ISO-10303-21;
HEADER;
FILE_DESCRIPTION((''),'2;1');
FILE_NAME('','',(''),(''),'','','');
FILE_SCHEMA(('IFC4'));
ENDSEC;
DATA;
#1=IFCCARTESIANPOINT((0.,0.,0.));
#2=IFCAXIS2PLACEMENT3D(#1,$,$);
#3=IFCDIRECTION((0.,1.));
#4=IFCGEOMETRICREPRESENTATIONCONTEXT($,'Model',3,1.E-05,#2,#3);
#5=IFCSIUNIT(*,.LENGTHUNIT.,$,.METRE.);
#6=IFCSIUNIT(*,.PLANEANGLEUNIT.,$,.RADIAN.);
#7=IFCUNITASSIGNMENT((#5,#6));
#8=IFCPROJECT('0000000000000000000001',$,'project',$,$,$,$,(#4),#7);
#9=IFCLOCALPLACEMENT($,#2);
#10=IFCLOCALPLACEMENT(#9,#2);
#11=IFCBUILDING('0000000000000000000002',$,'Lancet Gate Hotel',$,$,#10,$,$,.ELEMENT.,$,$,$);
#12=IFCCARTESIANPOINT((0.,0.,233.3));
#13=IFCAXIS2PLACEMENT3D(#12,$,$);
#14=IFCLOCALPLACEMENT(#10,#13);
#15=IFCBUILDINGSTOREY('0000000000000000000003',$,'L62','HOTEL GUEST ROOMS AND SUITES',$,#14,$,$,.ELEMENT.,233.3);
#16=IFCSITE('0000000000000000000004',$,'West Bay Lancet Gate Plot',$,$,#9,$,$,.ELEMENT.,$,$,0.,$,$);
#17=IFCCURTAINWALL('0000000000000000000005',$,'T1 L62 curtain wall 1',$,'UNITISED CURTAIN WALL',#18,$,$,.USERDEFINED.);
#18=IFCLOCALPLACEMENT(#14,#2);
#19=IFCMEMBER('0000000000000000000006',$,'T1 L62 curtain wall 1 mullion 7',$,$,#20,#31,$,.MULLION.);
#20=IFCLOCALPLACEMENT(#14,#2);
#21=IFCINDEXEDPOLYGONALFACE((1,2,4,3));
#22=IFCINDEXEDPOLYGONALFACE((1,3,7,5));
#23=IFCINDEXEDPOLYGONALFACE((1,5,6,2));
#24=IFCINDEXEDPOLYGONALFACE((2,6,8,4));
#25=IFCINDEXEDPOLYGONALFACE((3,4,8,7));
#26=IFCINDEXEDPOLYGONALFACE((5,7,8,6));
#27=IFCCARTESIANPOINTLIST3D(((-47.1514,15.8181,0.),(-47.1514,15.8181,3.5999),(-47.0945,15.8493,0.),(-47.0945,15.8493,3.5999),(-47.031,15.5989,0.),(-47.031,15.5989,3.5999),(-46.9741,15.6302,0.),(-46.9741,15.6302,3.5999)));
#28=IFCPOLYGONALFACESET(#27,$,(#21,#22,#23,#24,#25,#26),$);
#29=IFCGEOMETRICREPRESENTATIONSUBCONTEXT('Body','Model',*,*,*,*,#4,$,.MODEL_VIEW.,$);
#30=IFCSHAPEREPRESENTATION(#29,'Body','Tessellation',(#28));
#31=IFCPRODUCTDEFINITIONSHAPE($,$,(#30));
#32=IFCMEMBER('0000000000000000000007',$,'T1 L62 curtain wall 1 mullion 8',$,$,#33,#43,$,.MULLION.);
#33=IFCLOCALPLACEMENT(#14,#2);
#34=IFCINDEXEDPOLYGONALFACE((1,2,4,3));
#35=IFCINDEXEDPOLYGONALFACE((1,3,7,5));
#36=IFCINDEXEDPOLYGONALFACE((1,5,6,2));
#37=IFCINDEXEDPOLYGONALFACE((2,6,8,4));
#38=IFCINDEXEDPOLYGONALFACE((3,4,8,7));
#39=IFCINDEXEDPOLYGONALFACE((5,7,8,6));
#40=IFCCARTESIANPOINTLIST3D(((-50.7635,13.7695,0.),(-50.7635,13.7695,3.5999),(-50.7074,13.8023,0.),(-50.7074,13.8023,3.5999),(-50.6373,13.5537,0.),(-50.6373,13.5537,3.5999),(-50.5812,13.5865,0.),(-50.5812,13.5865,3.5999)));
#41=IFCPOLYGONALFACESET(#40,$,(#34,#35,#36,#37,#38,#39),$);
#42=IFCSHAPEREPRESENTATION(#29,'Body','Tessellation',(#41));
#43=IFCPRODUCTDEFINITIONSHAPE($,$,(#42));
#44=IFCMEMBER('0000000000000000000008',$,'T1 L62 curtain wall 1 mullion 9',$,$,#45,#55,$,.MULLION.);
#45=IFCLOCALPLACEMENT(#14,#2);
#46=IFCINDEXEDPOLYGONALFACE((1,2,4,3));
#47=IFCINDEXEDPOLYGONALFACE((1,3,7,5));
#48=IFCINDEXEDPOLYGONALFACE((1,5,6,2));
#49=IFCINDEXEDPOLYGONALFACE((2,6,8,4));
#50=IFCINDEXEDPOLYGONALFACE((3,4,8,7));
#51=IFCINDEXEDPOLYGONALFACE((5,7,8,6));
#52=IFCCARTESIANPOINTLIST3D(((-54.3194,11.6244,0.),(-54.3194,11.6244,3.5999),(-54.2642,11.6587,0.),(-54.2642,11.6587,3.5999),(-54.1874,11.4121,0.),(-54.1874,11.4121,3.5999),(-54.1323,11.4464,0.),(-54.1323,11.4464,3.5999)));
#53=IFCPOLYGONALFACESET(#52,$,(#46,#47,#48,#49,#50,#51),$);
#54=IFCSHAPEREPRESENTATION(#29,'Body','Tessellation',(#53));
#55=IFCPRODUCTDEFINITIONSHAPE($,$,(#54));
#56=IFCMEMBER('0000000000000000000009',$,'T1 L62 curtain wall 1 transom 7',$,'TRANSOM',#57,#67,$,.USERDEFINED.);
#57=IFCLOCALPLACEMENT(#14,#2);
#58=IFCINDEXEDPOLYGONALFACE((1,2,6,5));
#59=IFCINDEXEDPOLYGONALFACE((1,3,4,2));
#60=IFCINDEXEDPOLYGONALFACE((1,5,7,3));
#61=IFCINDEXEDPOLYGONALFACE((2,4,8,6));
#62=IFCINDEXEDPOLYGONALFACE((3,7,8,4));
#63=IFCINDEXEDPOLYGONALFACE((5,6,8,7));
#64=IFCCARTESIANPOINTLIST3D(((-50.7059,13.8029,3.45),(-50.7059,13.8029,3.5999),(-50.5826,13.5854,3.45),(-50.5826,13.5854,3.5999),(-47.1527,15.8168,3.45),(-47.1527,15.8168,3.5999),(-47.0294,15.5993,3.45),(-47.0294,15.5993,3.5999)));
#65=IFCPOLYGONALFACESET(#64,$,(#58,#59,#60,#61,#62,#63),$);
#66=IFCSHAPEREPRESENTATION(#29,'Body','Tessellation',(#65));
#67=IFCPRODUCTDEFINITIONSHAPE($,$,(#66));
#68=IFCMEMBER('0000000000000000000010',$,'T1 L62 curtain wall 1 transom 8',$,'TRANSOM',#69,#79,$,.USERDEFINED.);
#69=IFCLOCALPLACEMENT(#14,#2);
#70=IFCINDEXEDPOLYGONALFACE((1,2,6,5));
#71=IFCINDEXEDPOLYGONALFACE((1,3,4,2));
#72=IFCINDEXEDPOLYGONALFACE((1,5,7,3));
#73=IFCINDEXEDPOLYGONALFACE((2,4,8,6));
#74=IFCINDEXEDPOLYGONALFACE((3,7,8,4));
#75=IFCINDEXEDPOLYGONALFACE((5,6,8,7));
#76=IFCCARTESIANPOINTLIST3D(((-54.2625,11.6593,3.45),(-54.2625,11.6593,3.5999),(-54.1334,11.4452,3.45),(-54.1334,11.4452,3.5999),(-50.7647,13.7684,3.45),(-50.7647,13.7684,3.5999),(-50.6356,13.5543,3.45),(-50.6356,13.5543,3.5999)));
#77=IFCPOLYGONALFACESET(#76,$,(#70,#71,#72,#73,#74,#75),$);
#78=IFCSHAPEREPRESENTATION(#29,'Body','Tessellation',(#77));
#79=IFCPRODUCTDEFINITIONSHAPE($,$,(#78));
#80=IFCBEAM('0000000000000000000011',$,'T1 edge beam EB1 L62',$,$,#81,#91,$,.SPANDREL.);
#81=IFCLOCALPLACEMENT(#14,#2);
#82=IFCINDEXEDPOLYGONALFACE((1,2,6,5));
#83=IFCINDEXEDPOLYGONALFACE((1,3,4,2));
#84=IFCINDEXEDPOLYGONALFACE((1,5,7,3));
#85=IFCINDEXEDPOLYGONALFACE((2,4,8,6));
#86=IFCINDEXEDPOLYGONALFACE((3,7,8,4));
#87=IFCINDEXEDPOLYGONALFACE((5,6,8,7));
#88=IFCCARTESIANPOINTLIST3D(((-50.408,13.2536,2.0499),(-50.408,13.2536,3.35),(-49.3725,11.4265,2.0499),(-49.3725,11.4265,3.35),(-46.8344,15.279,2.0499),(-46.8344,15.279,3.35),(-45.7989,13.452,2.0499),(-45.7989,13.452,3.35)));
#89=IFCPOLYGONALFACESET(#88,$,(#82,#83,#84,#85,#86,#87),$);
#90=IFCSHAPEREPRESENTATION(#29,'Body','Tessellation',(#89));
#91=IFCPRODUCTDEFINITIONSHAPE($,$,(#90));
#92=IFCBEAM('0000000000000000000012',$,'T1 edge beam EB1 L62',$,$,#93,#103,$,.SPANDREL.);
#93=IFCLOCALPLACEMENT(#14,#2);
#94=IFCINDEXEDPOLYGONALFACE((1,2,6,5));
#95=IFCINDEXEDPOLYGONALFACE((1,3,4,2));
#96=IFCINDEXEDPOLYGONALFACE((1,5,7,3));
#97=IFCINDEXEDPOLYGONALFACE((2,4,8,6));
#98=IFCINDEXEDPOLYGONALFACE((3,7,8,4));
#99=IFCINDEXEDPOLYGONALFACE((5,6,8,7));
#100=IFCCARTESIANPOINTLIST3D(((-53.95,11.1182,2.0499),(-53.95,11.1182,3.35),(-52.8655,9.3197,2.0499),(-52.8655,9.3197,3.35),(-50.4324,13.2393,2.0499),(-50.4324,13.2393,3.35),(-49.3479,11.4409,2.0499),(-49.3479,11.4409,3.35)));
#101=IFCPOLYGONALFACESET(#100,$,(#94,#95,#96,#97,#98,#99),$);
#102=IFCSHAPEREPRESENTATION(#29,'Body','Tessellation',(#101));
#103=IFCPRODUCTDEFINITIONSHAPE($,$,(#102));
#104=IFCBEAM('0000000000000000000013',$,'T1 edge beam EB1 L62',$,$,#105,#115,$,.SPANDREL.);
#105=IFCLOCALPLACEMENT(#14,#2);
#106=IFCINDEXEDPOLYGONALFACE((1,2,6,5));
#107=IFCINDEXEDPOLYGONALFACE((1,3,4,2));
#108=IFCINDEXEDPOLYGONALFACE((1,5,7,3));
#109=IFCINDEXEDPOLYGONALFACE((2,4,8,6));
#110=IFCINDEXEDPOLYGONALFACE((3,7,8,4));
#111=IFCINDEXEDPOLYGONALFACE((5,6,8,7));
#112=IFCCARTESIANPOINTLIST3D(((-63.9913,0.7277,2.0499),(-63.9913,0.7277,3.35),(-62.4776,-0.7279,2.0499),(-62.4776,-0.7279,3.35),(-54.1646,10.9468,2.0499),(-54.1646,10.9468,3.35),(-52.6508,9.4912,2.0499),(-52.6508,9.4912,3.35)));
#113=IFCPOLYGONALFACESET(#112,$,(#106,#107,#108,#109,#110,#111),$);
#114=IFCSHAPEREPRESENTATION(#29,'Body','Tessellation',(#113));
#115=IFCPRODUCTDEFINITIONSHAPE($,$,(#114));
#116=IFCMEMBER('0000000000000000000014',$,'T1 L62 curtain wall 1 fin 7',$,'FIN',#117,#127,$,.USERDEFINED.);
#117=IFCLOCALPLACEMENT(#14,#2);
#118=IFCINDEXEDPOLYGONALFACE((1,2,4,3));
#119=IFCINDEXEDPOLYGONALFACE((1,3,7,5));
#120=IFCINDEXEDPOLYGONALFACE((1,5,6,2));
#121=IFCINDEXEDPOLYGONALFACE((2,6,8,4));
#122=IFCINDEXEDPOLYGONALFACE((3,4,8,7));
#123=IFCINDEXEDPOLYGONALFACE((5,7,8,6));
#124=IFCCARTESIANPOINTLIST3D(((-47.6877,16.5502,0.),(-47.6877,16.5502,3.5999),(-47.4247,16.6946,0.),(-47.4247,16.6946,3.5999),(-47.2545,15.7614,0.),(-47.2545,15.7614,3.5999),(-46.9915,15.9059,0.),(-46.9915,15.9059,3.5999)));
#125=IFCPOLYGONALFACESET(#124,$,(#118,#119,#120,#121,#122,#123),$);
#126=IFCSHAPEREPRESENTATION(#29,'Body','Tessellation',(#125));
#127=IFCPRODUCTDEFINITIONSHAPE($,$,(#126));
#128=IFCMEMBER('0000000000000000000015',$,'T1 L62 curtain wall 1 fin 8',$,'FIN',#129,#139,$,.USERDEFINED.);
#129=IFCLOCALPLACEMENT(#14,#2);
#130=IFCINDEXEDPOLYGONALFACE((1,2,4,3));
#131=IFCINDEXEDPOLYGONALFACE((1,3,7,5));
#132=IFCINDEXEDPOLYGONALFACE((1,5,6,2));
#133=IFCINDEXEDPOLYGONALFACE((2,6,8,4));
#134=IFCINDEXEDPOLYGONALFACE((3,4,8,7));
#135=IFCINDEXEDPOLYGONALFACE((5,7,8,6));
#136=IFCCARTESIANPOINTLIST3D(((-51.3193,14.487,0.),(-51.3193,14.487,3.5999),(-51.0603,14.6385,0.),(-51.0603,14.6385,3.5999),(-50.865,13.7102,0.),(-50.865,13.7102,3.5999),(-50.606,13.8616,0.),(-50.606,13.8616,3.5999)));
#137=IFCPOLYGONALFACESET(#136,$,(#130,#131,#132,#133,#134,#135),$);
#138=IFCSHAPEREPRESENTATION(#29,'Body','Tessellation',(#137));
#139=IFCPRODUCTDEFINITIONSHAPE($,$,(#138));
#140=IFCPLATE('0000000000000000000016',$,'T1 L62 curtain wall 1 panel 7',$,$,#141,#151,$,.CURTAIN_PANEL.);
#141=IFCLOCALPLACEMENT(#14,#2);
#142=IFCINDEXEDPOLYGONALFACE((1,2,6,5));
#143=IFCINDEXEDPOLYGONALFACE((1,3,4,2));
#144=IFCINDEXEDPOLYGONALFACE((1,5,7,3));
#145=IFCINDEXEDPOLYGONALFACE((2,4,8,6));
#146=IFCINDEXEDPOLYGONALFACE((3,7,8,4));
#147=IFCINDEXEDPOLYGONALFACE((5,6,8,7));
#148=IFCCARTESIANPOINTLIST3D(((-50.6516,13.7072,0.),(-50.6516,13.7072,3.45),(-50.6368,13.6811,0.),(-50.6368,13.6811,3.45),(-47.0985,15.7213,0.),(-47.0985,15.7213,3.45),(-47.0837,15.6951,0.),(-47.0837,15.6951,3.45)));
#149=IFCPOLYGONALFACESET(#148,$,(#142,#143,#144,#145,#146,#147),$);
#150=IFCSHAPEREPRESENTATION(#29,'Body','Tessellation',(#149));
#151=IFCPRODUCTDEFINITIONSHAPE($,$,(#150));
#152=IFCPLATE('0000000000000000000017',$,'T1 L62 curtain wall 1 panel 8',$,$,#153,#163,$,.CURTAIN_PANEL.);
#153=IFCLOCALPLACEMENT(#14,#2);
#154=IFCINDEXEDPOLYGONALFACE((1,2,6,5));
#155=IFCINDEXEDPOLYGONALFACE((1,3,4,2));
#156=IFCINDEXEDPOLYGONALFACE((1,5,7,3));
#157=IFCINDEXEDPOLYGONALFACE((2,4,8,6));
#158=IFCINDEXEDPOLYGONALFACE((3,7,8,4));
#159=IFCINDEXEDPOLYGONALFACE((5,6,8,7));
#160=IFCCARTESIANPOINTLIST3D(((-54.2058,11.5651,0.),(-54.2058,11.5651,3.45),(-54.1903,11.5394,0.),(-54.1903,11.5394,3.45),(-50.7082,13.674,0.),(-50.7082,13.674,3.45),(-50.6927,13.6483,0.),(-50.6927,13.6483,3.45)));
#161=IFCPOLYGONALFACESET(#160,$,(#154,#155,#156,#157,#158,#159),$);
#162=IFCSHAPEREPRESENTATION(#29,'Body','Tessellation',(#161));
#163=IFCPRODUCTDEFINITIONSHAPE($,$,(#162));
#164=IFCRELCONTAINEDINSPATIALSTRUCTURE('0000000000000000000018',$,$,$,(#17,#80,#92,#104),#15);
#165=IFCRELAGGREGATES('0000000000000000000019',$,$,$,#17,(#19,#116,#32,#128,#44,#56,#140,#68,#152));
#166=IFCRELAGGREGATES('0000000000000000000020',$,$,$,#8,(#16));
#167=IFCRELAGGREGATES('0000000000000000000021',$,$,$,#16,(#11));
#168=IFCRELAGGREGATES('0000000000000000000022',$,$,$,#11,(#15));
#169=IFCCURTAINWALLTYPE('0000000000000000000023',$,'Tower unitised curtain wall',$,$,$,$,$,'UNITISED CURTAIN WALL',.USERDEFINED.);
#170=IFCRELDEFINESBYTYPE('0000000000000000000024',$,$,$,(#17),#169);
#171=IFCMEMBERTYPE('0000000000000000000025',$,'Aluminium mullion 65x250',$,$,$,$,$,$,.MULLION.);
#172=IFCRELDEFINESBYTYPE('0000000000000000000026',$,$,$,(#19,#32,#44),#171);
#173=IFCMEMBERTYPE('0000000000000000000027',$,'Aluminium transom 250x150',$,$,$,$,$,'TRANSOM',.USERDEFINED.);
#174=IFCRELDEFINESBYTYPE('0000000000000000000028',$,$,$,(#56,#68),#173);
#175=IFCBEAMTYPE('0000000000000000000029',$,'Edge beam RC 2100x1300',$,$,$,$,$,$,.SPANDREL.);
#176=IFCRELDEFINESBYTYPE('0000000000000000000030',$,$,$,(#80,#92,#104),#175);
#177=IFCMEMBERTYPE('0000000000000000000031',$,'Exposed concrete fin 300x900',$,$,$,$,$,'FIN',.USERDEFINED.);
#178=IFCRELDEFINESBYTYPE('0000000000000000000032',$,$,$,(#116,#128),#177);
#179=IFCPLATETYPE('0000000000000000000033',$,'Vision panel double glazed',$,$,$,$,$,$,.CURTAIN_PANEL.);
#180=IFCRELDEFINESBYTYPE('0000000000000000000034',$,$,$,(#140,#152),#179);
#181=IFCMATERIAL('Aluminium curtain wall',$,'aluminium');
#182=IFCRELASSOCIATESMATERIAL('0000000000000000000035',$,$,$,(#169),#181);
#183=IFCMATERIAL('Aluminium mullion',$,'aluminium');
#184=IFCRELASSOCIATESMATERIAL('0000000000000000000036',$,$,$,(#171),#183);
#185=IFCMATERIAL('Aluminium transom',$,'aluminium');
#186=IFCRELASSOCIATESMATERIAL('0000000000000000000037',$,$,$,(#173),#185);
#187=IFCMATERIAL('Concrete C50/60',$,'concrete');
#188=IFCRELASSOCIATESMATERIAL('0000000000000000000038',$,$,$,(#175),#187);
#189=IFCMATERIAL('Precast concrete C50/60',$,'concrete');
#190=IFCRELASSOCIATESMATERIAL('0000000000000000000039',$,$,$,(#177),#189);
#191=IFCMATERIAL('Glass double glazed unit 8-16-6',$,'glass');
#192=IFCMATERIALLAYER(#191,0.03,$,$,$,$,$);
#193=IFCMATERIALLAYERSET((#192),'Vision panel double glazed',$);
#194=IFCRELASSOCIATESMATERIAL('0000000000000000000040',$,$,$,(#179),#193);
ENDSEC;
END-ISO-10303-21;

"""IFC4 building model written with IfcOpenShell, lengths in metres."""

from ifc_helpers import new_model, si_unit, direction, frame, origin, origin_2d, place, context, subcontext, project, spatial, rectangle, extrude, material, layer, layer_set, material_profile, profile_set, type_object, element, aggregate, save


model = new_model("IFC4")

# Units and contexts
model_context = context("Model", 3, precision=1e-05, world=origin(), true_north=direction((0.0, 1.0)))
body_context = subcontext(model_context, "Body", "Model", "MODEL_VIEW")
ifc_project = project(units=[si_unit("LENGTHUNIT", "METRE"), si_unit("PLANEANGLEUNIT", "RADIAN")], contexts=[model_context])

# Site, building, storey
site_placement = place(None, origin())
site = spatial("IfcSite", under=ifc_project, at=site_placement, Name="West Bay Lancet Gate Plot", CompositionType="ELEMENT", RefElevation=0.0)
building_placement = place(site_placement, origin())
building = spatial("IfcBuilding", under=site, at=building_placement, Name="Lancet Gate Hotel", CompositionType="ELEMENT")
storey_placement = place(building_placement, frame((0.0, 0.0, 233.3)))
storey = spatial("IfcBuildingStorey", under=building, at=storey_placement, Name="L62", Description="HOTEL GUEST ROOMS AND SUITES", CompositionType="ELEMENT", Elevation=233.3)

# Curtain wall, members
ifc_material_1 = material(Name="Aluminium curtain wall", Category="aluminium")
curtain_wall_type = type_object("IfcCurtainWallType", Name="Tower unitised curtain wall", ElementType="UNITISED CURTAIN WALL", PredefinedType="USERDEFINED", material=ifc_material_1)
curtain_wall_placement = place(storey_placement, origin())
curtain_wall = element("IfcCurtainWall", 1, at=curtain_wall_placement, inside=storey, type_object=curtain_wall_type, Name="T1 L62 curtain wall 1", ObjectType="UNITISED CURTAIN WALL", PredefinedType="USERDEFINED")
ifc_material_2 = material(Name="Aluminium mullion", Category="aluminium")
ifc_material_profile_1 = material_profile(ifc_material_2, rectangle(XDim=0.0649, YDim=0.25, at=origin_2d()), Name="MULLION 65x250")
ifc_profile_set_1 = profile_set([ifc_material_profile_1], Name="Aluminium mullion")
member_type_1 = type_object("IfcMemberType", Name="Aluminium mullion 65x250", PredefinedType="MULLION", material=ifc_profile_set_1)
member_1_placement = place(storey_placement, frame((-47.0627, 15.7241, 0.0), z_axis=(0.0, 0.0, 1.0), x_axis=(-0.876516, -0.481372, 0.0)))
member_1 = element("IfcMember", 2, at=member_1_placement, type_object=member_type_1, Name="T1 L62 curtain wall 1 mullion 7", PredefinedType="MULLION", context=body_context, shape_type="SweptSolid", body=[
    extrude(rectangle(XDim=0.0649, YDim=0.25, at=origin_2d()), origin(), (0.0, 0.0, 1.0), 3.5999),
])
member_2_placement = place(storey_placement, frame((-50.6724, 13.678, 0.0), z_axis=(0.0, 0.0, 1.0), x_axis=(-0.863242, -0.50479, 0.0)))
member_2 = element("IfcMember", 3, at=member_2_placement, type_object=member_type_1, Name="T1 L62 curtain wall 1 mullion 8", PredefinedType="MULLION", context=body_context, shape_type="SweptSolid", body=[
    extrude(rectangle(XDim=0.0649, YDim=0.25, at=origin_2d()), origin(), (0.0, 0.0, 1.0), 3.5999),
])
member_3_placement = place(storey_placement, frame((-54.2258, 11.5354, 0.0), z_axis=(0.0, 0.0, 1.0), x_axis=(-0.849342, -0.527842, 0.0)))
member_3 = element("IfcMember", 4, at=member_3_placement, type_object=member_type_1, Name="T1 L62 curtain wall 1 mullion 9", PredefinedType="MULLION", context=body_context, shape_type="SweptSolid", body=[
    extrude(rectangle(XDim=0.0649, YDim=0.25, at=origin_2d()), origin(), (0.0, 0.0, 1.0), 3.5999),
])
ifc_material_3 = material(Name="Aluminium transom", Category="aluminium")
ifc_material_profile_2 = material_profile(ifc_material_3, rectangle(XDim=0.25, YDim=0.1499, at=origin_2d()), Name="TRANSOM 250x150")
ifc_profile_set_2 = profile_set([ifc_material_profile_2], Name="Aluminium transom")
member_type_2 = type_object("IfcMemberType", Name="Aluminium transom 250x150", ElementType="TRANSOM", PredefinedType="USERDEFINED", material=ifc_profile_set_2)
member_4_placement = place(storey_placement, frame((-47.0911, 15.708, 3.5249), z_axis=(-0.869978, -0.493091, 0.0), x_axis=(0.493091, -0.869978, 0.0)))
member_4 = element("IfcMember", 5, at=member_4_placement, type_object=member_type_2, Name="T1 L62 curtain wall 1 transom 7", ObjectType="TRANSOM", PredefinedType="USERDEFINED", context=body_context, shape_type="SweptSolid", body=[
    extrude(rectangle(XDim=0.25, YDim=0.1499, at=origin_2d()), origin(), (0.0, 0.0, 1.0), 4.0842),
])
member_5_placement = place(storey_placement, frame((-50.7002, 13.6614, 3.5249), z_axis=(-0.856362, -0.516376, 0.0), x_axis=(0.516376, -0.856362, 0.0)))
member_5 = element("IfcMember", 6, at=member_5_placement, type_object=member_type_2, Name="T1 L62 curtain wall 1 transom 8", ObjectType="TRANSOM", PredefinedType="USERDEFINED", context=body_context, shape_type="SweptSolid", body=[
    extrude(rectangle(XDim=0.25, YDim=0.1499, at=origin_2d()), origin(), (0.0, 0.0, 1.0), 4.0845),
])

# Beams
ifc_material_4 = material(Name="Concrete C50/60", Category="concrete")
ifc_material_profile_3 = material_profile(ifc_material_4, rectangle(XDim=2.1001, YDim=1.3, at=origin_2d()), Name="RC 2100x1300")
ifc_profile_set_3 = profile_set([ifc_material_profile_3], Name="Concrete C50/60")
beam_type = type_object("IfcBeamType", Name="Edge beam RC 2100x1300", PredefinedType="SPANDREL", material=ifc_profile_set_3)
for number, where, z_axis, x_axis, name in (
    (7, (-46.3167, 14.3655, 2.7), (-0.869979, -0.493089, 0.0), (0.493089, -0.869979, 0.0), "T1 edge beam EB1 L62"),
    (8, (-49.8901, 12.3401, 2.7), (-0.856358, -0.516382, 0.0), (0.516382, -0.856358, 0.0), "T1 edge beam EB1 L62"),
):
    element("IfcBeam", number, at=place(storey_placement, frame(where, z_axis=z_axis, x_axis=x_axis)), inside=storey, type_object=beam_type, Name=name, PredefinedType="SPANDREL", context=body_context, shape_type="SweptSolid", body=[
        extrude(rectangle(XDim=2.1001, YDim=1.3, at=origin_2d()), origin(), (0.0, 0.0, 1.0), 4.1077),
    ])
beam_placement = place(storey_placement, frame((-53.4077, 10.219, 2.7), z_axis=(-0.693135, -0.720808, 0.0), x_axis=(0.720808, -0.693135, 0.0)))
element("IfcBeam", 9, at=beam_placement, inside=storey, type_object=beam_type, Name="T1 edge beam EB1 L62", PredefinedType="SPANDREL", context=body_context, shape_type="SweptSolid", body=[
    extrude(rectangle(XDim=2.1001, YDim=1.3, at=origin_2d()), origin(), (0.0, 0.0, 1.0), 14.1772),
])

# Members
ifc_material_5 = material(Name="Precast concrete C50/60", Category="concrete")
ifc_material_profile_4 = material_profile(ifc_material_5, rectangle(XDim=0.3, YDim=0.8999, at=origin_2d()), Name="FIN 300x900")
ifc_profile_set_4 = profile_set([ifc_material_profile_4], Name="Precast concrete C50/60")
member_type_3 = type_object("IfcMemberType", Name="Exposed concrete fin 300x900", ElementType="FIN", PredefinedType="USERDEFINED", material=ifc_profile_set_4)
member_6_placement = place(storey_placement, frame((-47.3396, 16.228, 0.0), z_axis=(0.0, 0.0, 1.0), x_axis=(-0.876516, -0.481372, 0.0)))
member_6 = element("IfcMember", 10, at=member_6_placement, type_object=member_type_3, Name="T1 L62 curtain wall 1 fin 7", ObjectType="FIN", PredefinedType="USERDEFINED", context=body_context, shape_type="SweptSolid", body=[
    extrude(rectangle(XDim=0.3, YDim=0.8999, at=origin_2d()), origin(), (0.0, 0.0, 1.0), 3.5999),
])
member_7_placement = place(storey_placement, frame((-50.9626, 14.1743, 0.0), z_axis=(0.0, 0.0, 1.0), x_axis=(-0.863242, -0.50479, 0.0)))
member_7 = element("IfcMember", 11, at=member_7_placement, type_object=member_type_3, Name="T1 L62 curtain wall 1 fin 8", ObjectType="FIN", PredefinedType="USERDEFINED", context=body_context, shape_type="SweptSolid", body=[
    extrude(rectangle(XDim=0.3, YDim=0.8999, at=origin_2d()), origin(), (0.0, 0.0, 1.0), 3.5999),
])

# Plates
ifc_material_6 = material(Name="Glass double glazed unit 8-16-6", Category="glass")
ifc_layer_1 = layer(ifc_material_6, 0.03)
ifc_layer_set_1 = layer_set([ifc_layer_1], Name="Vision panel double glazed")
plate_type = type_object("IfcPlateType", Name="Vision panel double glazed", PredefinedType="CURTAIN_PANEL", material=ifc_layer_set_1)
plate_1_placement = place(storey_placement, frame((-48.8677, 14.7012, 0.0), z_axis=(0.0, 0.0, 1.0), x_axis=(-0.869958, -0.493126, 0.0)))
plate_1 = element("IfcPlate", 12, at=plate_1_placement, type_object=plate_type, Name="T1 L62 curtain wall 1 panel 7", PredefinedType="CURTAIN_PANEL", context=body_context, shape_type="SweptSolid", body=[
    extrude(rectangle(XDim=4.0842, YDim=0.03, at=origin_2d()), origin(), (0.0, 0.0, 1.0), 3.45),
])
plate_2_placement = place(storey_placement, frame((-52.4492, 12.6067, 0.0), z_axis=(0.0, 0.0, 1.0), x_axis=(-0.85637, -0.516363, 0.0)))
plate_2 = element("IfcPlate", 13, at=plate_2_placement, type_object=plate_type, Name="T1 L62 curtain wall 1 panel 8", PredefinedType="CURTAIN_PANEL", context=body_context, shape_type="SweptSolid", body=[
    extrude(rectangle(XDim=4.0842, YDim=0.03, at=origin_2d()), origin(), (0.0, 0.0, 1.0), 3.45),
])
aggregate(curtain_wall, [member_1, member_6, member_2, member_7, member_3, member_4, plate_1, member_5, plate_2])

save(model, "model.ifc")
